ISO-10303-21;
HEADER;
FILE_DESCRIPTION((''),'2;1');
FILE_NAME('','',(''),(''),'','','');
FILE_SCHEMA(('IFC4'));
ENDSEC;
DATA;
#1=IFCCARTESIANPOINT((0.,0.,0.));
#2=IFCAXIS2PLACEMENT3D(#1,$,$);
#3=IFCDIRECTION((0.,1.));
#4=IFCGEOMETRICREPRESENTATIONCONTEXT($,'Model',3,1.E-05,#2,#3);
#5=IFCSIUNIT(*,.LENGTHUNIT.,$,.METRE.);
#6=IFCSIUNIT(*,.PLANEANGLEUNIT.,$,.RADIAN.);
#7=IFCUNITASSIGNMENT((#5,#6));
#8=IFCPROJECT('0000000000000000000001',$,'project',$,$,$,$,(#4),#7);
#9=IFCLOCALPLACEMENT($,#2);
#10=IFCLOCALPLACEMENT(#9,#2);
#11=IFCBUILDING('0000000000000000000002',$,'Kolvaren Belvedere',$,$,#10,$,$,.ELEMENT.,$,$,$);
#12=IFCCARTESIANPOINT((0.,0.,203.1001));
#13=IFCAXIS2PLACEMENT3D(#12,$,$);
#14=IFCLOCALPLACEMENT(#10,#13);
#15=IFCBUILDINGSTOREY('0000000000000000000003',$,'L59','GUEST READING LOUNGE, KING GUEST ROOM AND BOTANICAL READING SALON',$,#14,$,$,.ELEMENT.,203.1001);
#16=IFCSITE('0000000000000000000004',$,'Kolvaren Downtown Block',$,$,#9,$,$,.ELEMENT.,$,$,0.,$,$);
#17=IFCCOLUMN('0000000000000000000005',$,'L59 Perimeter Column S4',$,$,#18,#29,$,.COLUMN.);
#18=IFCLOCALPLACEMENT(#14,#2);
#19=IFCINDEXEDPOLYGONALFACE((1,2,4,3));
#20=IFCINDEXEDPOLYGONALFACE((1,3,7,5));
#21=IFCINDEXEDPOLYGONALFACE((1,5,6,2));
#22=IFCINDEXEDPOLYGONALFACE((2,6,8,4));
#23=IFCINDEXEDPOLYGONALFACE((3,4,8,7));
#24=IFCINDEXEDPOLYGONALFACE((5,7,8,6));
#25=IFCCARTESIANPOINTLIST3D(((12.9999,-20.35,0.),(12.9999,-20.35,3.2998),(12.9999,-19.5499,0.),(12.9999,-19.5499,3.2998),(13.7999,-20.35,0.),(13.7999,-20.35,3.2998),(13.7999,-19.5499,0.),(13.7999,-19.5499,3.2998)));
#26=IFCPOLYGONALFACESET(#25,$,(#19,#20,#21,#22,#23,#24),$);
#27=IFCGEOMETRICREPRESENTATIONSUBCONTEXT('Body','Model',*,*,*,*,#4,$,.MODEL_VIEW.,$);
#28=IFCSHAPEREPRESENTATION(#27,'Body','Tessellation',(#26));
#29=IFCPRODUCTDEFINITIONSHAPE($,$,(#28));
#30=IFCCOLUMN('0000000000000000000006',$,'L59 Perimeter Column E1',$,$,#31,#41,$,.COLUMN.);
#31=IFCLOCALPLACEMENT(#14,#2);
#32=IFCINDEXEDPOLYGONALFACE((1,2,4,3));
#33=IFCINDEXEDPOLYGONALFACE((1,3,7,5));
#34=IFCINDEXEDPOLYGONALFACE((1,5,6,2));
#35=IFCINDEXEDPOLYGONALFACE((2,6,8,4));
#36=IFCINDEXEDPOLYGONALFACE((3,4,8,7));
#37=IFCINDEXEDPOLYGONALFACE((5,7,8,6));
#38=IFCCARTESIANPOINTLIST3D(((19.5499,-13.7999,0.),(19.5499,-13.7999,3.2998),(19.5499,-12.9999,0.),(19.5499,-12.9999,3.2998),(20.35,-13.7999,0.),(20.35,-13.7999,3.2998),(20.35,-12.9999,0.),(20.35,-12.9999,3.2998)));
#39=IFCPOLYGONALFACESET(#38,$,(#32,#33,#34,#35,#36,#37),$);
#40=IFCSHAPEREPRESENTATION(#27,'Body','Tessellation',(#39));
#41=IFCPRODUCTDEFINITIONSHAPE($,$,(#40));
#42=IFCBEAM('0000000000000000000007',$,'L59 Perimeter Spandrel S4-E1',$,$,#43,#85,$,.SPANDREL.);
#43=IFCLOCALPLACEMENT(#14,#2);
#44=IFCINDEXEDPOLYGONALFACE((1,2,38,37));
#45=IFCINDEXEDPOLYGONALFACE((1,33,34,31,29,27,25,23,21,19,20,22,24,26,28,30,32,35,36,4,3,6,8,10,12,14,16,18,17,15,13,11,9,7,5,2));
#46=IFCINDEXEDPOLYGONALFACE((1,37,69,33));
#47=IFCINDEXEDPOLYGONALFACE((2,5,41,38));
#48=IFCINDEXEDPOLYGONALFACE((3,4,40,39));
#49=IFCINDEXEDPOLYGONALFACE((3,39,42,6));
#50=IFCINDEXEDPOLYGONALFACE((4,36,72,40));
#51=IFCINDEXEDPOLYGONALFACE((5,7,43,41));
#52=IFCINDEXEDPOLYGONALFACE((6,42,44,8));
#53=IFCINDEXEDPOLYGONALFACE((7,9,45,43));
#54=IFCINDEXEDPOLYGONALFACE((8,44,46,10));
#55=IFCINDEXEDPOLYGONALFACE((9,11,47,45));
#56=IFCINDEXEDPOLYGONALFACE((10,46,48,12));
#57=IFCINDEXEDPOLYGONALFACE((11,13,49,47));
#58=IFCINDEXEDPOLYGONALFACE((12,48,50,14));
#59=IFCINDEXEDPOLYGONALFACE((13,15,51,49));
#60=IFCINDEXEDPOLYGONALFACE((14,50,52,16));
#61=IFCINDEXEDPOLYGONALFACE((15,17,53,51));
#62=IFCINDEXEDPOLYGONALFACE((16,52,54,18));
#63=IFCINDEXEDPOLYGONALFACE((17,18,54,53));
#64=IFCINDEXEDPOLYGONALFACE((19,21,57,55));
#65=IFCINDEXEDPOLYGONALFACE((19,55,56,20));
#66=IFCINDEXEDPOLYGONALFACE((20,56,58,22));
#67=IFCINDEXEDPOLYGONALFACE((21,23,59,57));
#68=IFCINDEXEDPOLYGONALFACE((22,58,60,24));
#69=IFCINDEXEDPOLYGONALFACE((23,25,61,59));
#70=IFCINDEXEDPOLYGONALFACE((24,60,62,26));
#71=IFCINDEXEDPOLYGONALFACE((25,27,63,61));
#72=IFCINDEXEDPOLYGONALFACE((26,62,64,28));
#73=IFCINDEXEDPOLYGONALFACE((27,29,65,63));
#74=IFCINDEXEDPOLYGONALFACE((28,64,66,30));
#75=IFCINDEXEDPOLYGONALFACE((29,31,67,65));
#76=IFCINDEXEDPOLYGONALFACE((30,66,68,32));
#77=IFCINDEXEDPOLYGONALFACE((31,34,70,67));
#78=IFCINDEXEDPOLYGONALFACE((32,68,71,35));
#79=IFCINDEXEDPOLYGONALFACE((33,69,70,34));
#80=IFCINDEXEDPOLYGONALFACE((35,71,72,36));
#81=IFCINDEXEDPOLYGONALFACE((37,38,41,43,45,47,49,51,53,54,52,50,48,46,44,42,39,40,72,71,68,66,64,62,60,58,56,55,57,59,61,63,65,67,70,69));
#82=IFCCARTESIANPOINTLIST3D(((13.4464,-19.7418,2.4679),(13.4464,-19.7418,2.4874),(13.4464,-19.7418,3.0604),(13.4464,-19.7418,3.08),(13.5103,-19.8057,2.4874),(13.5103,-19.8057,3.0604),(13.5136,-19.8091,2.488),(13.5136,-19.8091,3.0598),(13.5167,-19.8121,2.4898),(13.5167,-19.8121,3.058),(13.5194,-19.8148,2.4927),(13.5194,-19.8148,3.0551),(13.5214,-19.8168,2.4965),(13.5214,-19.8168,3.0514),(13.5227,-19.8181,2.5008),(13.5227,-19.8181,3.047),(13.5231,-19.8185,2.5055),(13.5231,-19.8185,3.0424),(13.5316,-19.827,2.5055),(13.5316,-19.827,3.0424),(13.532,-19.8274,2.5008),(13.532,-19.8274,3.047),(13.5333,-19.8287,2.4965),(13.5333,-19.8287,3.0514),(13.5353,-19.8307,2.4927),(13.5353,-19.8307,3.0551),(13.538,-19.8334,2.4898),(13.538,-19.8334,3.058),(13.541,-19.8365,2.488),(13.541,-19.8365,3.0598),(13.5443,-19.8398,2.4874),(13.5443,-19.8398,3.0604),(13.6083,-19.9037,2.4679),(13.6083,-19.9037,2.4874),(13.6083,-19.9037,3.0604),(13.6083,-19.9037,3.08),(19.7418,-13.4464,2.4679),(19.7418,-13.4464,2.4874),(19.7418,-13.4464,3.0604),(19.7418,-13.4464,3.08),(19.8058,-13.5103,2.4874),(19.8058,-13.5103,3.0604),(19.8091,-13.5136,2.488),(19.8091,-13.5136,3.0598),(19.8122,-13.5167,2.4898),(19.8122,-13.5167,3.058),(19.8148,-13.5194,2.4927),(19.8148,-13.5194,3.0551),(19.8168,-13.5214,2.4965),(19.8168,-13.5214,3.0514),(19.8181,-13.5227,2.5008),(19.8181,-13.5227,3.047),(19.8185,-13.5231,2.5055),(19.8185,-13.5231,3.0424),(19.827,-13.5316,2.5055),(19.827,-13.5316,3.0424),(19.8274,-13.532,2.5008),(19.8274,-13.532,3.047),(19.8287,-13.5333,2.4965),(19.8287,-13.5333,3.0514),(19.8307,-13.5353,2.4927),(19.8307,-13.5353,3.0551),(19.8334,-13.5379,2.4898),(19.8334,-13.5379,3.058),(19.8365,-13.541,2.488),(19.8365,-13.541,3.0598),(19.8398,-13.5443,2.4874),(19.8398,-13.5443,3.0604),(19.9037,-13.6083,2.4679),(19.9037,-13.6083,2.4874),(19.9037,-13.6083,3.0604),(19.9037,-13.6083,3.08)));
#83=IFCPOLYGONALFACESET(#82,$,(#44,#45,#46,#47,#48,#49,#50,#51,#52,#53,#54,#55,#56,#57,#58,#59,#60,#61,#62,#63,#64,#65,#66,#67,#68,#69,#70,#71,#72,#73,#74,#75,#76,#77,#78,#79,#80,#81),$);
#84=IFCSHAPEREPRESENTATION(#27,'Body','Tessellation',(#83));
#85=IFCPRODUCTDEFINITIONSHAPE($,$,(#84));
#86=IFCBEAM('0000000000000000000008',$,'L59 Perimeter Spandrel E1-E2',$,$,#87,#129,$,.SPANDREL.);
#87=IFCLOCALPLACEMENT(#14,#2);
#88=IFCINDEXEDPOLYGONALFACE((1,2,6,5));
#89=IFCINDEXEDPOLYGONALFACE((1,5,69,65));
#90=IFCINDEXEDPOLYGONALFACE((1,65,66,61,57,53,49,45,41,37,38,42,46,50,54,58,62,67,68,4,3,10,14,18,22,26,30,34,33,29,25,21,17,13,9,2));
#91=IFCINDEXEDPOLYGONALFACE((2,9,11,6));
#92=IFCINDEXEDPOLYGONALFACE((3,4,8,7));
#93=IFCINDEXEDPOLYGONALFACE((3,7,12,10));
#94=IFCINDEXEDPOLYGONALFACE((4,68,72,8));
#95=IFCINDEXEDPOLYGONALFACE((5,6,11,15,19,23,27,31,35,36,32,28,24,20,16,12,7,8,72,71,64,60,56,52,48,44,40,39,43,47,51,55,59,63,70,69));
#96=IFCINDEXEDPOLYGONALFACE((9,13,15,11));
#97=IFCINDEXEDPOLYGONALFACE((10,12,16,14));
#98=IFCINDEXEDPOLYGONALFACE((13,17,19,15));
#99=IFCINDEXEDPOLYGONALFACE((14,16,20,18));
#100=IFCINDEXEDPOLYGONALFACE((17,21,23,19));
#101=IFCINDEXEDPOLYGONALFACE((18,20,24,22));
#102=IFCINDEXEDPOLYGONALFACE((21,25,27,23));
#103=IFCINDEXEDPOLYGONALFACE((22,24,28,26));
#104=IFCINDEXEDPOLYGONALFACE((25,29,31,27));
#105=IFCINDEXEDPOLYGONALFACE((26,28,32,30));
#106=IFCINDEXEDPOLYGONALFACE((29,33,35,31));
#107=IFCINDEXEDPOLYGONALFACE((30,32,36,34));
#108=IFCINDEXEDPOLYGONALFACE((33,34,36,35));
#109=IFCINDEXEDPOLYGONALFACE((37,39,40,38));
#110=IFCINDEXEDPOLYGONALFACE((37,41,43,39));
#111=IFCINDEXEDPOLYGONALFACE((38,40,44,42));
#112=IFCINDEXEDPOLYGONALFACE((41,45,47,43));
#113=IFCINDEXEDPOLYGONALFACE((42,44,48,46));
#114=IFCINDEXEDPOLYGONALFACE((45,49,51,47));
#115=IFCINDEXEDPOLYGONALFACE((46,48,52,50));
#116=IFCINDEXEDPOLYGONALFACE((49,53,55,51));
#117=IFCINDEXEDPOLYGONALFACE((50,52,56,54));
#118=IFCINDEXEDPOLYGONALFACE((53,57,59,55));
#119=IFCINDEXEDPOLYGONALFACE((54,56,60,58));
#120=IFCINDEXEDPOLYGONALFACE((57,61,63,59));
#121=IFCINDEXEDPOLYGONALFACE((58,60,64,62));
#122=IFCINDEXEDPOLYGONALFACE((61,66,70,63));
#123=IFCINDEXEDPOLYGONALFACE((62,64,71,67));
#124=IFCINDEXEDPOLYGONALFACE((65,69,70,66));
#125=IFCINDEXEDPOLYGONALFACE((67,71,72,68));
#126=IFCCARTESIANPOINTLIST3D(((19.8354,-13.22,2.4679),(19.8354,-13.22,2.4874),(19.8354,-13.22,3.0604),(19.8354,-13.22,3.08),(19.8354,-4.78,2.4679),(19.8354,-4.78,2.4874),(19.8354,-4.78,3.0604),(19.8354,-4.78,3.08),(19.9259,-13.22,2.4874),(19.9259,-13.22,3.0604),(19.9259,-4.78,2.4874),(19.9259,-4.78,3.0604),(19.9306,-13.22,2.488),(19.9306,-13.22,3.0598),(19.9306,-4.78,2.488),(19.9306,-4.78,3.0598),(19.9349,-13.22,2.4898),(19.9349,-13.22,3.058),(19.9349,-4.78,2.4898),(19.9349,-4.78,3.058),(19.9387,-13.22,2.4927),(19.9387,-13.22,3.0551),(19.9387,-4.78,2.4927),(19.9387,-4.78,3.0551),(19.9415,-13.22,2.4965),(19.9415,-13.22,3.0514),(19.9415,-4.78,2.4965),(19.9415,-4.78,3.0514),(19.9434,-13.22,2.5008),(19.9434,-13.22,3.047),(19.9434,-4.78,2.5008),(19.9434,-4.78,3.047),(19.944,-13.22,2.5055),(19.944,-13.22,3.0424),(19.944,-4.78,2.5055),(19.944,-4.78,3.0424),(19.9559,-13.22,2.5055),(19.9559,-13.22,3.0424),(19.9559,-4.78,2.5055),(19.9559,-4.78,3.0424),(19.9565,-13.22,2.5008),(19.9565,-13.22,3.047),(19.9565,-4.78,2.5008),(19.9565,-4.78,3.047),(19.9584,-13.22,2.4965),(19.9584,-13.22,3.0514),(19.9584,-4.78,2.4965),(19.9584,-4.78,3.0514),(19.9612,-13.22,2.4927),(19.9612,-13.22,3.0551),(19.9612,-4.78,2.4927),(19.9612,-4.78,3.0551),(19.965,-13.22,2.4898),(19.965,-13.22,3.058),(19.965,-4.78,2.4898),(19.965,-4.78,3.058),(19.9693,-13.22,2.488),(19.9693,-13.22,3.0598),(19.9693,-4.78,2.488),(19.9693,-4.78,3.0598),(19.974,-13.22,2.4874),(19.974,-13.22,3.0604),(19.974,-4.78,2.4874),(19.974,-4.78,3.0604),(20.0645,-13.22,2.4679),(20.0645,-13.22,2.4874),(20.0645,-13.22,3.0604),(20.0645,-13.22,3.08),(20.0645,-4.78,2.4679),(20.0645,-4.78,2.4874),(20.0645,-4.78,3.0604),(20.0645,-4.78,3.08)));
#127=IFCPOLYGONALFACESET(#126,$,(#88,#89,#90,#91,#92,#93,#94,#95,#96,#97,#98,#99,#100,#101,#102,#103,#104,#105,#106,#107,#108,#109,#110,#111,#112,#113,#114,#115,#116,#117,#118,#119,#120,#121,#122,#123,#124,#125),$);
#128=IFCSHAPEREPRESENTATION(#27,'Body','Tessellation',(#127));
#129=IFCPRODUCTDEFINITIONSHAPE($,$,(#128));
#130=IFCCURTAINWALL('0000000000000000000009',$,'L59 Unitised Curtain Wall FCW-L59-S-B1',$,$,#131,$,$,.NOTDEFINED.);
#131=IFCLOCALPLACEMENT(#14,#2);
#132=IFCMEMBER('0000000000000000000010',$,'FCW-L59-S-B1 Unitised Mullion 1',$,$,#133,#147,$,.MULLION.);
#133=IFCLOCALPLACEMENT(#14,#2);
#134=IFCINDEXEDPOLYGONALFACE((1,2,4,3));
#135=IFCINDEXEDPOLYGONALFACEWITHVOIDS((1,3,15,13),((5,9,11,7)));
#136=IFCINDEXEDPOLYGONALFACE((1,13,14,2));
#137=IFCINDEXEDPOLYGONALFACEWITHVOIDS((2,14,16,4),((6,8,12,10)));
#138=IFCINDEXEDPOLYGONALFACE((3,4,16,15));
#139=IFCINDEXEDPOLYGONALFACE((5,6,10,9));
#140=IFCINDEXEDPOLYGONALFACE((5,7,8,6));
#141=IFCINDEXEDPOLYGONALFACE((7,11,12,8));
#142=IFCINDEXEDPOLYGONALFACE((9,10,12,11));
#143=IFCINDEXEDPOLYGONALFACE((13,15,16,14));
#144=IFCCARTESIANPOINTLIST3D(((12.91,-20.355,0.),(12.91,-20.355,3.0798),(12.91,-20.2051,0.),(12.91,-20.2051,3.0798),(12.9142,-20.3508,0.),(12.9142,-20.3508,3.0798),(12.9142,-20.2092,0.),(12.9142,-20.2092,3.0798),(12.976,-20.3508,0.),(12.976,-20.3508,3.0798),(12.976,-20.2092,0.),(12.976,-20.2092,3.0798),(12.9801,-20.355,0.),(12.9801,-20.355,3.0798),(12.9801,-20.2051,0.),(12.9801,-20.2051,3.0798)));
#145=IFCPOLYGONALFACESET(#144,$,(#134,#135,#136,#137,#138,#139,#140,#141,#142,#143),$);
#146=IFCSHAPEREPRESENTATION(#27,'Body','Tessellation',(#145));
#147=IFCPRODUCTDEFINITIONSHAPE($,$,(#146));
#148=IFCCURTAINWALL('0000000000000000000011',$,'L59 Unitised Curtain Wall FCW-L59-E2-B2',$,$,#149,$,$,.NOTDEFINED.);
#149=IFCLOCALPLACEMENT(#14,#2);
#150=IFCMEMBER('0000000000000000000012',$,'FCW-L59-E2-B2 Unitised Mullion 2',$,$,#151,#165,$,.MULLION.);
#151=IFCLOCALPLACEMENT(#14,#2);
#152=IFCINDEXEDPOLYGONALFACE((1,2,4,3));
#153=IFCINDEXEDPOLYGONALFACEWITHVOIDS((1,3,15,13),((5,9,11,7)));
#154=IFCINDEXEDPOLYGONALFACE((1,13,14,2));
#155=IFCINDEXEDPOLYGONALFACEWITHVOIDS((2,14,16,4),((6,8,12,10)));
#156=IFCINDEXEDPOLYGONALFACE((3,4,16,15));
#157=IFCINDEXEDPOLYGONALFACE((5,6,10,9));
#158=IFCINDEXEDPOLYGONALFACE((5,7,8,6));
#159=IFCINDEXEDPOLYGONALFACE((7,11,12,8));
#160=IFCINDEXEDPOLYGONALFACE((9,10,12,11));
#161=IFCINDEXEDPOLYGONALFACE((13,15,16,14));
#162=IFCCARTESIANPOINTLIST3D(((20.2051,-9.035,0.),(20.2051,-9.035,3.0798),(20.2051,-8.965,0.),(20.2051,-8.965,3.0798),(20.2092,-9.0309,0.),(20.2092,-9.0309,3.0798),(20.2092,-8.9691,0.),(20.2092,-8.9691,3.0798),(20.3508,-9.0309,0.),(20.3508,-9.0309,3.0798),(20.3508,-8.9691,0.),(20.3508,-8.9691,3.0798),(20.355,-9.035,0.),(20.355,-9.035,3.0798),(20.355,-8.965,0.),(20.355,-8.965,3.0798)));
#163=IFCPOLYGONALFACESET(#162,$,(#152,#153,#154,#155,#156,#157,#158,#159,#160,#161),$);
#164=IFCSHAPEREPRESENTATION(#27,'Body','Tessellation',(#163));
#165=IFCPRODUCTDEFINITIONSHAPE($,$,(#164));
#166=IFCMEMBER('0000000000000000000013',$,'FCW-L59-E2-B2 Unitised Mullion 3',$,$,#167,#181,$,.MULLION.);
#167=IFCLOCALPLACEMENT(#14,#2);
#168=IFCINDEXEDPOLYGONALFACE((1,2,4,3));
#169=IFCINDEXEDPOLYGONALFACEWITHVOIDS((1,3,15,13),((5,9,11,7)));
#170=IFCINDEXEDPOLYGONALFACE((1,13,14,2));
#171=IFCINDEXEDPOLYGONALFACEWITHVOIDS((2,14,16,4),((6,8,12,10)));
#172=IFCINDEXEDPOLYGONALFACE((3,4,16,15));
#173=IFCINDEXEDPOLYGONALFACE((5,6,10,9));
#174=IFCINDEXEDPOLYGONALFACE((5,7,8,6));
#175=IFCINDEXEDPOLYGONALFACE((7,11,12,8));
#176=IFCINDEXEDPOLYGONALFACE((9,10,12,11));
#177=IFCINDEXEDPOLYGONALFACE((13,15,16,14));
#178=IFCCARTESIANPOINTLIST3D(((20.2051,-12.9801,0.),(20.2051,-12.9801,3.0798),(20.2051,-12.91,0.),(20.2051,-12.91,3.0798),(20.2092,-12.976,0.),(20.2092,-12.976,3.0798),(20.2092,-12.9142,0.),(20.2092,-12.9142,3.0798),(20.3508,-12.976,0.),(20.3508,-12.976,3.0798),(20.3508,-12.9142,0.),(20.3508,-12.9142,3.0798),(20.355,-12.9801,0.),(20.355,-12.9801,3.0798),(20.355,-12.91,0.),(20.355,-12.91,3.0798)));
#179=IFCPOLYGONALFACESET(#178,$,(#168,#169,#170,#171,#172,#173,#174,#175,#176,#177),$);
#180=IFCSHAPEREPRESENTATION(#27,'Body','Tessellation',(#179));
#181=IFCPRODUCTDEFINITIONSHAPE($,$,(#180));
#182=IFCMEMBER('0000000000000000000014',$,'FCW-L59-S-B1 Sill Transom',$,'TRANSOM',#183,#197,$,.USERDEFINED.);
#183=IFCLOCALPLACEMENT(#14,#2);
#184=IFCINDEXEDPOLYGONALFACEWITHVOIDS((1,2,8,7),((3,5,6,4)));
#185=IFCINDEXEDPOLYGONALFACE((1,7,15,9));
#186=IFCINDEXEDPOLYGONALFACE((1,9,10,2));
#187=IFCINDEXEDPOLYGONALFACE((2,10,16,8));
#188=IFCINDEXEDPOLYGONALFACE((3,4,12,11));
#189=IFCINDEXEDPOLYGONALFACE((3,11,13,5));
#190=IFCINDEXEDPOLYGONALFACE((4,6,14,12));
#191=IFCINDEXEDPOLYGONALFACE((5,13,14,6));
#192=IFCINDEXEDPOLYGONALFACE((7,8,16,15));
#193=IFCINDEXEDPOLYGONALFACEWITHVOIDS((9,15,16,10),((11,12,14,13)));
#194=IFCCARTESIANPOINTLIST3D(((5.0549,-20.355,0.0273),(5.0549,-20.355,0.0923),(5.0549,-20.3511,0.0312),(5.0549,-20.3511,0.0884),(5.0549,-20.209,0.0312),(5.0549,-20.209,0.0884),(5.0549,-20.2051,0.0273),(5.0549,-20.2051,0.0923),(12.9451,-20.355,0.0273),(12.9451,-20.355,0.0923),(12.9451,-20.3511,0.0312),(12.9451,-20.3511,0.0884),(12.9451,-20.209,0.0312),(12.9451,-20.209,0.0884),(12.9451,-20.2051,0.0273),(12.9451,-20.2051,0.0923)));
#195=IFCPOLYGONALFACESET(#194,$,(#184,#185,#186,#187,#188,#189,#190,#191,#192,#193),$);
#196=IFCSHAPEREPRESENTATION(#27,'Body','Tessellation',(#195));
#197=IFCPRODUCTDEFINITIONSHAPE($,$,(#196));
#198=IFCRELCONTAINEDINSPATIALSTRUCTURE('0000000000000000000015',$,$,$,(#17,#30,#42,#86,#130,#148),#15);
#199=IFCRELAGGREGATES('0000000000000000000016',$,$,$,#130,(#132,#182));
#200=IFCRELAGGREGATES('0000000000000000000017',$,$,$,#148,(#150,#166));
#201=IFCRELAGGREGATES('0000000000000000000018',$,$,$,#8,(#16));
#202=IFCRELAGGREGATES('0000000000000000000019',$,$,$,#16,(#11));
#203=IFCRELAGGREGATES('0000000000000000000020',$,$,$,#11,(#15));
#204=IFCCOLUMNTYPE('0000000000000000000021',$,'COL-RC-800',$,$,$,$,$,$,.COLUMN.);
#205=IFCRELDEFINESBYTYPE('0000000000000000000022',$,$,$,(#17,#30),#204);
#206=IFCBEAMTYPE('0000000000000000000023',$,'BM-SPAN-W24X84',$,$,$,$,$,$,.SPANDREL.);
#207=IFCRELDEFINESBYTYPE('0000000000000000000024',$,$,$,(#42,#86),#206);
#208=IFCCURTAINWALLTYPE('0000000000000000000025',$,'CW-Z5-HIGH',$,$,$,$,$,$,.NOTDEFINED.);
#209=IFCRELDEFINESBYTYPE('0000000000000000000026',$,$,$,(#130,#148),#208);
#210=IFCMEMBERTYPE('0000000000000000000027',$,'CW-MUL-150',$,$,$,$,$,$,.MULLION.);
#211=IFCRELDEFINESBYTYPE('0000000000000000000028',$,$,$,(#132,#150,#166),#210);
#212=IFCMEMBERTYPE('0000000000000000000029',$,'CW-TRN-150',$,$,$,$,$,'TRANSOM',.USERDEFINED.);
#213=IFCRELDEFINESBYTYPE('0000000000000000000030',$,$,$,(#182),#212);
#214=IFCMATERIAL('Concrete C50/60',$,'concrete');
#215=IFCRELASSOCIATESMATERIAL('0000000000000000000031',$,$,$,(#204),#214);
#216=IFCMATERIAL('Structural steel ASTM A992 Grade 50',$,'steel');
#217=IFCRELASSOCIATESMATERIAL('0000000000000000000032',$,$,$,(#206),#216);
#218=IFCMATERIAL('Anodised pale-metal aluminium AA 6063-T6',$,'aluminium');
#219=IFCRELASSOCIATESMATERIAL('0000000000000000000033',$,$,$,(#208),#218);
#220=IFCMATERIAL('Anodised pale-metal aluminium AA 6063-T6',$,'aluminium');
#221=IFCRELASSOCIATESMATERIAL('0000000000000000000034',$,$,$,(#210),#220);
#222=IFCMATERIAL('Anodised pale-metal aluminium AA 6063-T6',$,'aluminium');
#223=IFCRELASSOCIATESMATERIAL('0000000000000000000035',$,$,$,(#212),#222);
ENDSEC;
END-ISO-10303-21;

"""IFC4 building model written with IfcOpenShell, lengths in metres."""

from ifc_helpers import new_model, si_unit, direction, frame, origin, origin_2d, place, context, subcontext, project, spatial, rectangle, hollow_rectangle, i_section, extrude, material, material_profile, profile_set, type_object, element, aggregate, save


model = new_model("IFC4")

# Units and contexts
model_context = context("Model", 3, precision=1e-05, world=origin(), true_north=direction((0.0, 1.0)))
body_context = subcontext(model_context, "Body", "Model", "MODEL_VIEW")
ifc_project = project(units=[si_unit("LENGTHUNIT", "METRE"), si_unit("PLANEANGLEUNIT", "RADIAN")], contexts=[model_context])

# Site, building, storey
site_placement = place(None, origin())
site = spatial("IfcSite", under=ifc_project, at=site_placement, Name="Kolvaren Downtown Block", CompositionType="ELEMENT", RefElevation=0.0)
building_placement = place(site_placement, origin())
building = spatial("IfcBuilding", under=site, at=building_placement, Name="Kolvaren Belvedere", CompositionType="ELEMENT")
storey_placement = place(building_placement, frame((0.0, 0.0, 203.1001)))
storey = spatial("IfcBuildingStorey", under=building, at=storey_placement, Name="L59", Description="GUEST READING LOUNGE, KING GUEST ROOM AND BOTANICAL READING SALON", CompositionType="ELEMENT", Elevation=203.1001)

# Columns
ifc_material_1 = material(Name="Concrete C50/60", Category="concrete")
ifc_material_profile_1 = material_profile(ifc_material_1, rectangle(XDim=0.8, YDim=0.8, at=origin_2d()), Name="RC 800X800")
ifc_profile_set_1 = profile_set([ifc_material_profile_1], Name="Concrete C50/60")
column_type = type_object("IfcColumnType", Name="COL-RC-800", PredefinedType="COLUMN", material=ifc_profile_set_1)
for number, where, z_axis, x_axis, name in (
    (1, (13.3999, -19.95, 0.0), (0.0, 0.0, 1.0), (1.0, 0.0, 0.0), "L59 Perimeter Column S4"),
    (2, (19.95, -13.3999, 0.0), (0.0, 0.0, 1.0), (1.0, 0.0, 0.0), "L59 Perimeter Column E1"),
):
    element("IfcColumn", number, at=place(storey_placement, frame(where, z_axis=z_axis, x_axis=x_axis)), inside=storey, type_object=column_type, Name=name, PredefinedType="COLUMN", context=body_context, shape_type="SweptSolid", body=[
        extrude(rectangle(XDim=0.8, YDim=0.8, at=origin_2d()), origin(), (0.0, 0.0, 1.0), 3.2998),
    ])

# Beams
ifc_material_2 = material(Name="Structural steel ASTM A992 Grade 50", Category="steel")
ifc_material_profile_2 = material_profile(ifc_material_2, i_section(OverallWidth=0.229, OverallDepth=0.6121, WebThickness=0.012, FlangeThickness=0.0195, FilletRadius=0.0181, at=origin_2d()), Name="W24X84")
ifc_profile_set_2 = profile_set([ifc_material_profile_2], Name="Structural steel ASTM A992 Grade 50")
beam_type = type_object("IfcBeamType", Name="BM-SPAN-W24X84", PredefinedType="SPANDREL", material=ifc_profile_set_2)
beam_1_placement = place(storey_placement, frame((13.5273, -19.8228, 2.7739), z_axis=(0.707107, 0.707107, 0.0), x_axis=(-0.707107, 0.707107, 0.0)))
element("IfcBeam", 3, at=beam_1_placement, inside=storey, type_object=beam_type, Name="L59 Perimeter Spandrel S4-E1", PredefinedType="SPANDREL", context=body_context, shape_type="SweptSolid", body=[
    extrude(i_section(OverallWidth=0.229, OverallDepth=0.6121, WebThickness=0.012, FlangeThickness=0.0195, FilletRadius=0.0181, at=origin_2d()), origin(), (0.0, 0.0, 1.0), 8.9031),
])
beam_2_placement = place(storey_placement, frame((19.95, -13.22, 2.7739), z_axis=(0.0, 1.0, 0.0), x_axis=(-1.0, 0.0, 0.0)))
element("IfcBeam", 4, at=beam_2_placement, inside=storey, type_object=beam_type, Name="L59 Perimeter Spandrel E1-E2", PredefinedType="SPANDREL", context=body_context, shape_type="SweptSolid", body=[
    extrude(i_section(OverallWidth=0.229, OverallDepth=0.6121, WebThickness=0.012, FlangeThickness=0.0195, FilletRadius=0.0181, at=origin_2d()), origin(), (0.0, 0.0, 1.0), 8.4399),
])

# Curtain wall, member
ifc_material_3 = material(Name="Anodised pale-metal aluminium AA 6063-T6", Category="aluminium")
curtain_wall_type = type_object("IfcCurtainWallType", Name="CW-Z5-HIGH", PredefinedType="NOTDEFINED", material=ifc_material_3)
curtain_wall_1_placement = place(storey_placement, origin())
curtain_wall_1 = element("IfcCurtainWall", 5, at=curtain_wall_1_placement, inside=storey, type_object=curtain_wall_type, Name="L59 Unitised Curtain Wall FCW-L59-S-B1", PredefinedType="NOTDEFINED")
ifc_material_4 = material(Name="Anodised pale-metal aluminium AA 6063-T6", Category="aluminium")
ifc_material_profile_3 = material_profile(ifc_material_4, hollow_rectangle(XDim=0.0701, YDim=0.1499, WallThickness=0.0042, at=origin_2d()), Name="ALU-MUL-150X70")
ifc_profile_set_3 = profile_set([ifc_material_profile_3], Name="Anodised pale-metal aluminium AA 6063-T6")
member_type_1 = type_object("IfcMemberType", Name="CW-MUL-150", PredefinedType="MULLION", material=ifc_profile_set_3)
member_1_placement = place(storey_placement, frame((12.9451, -20.28, 0.0), z_axis=(0.0, 0.0, 1.0), x_axis=(1.0, 0.0, 0.0)))
member_1 = element("IfcMember", 6, at=member_1_placement, type_object=member_type_1, Name="FCW-L59-S-B1 Unitised Mullion 1", PredefinedType="MULLION", context=body_context, shape_type="SweptSolid", body=[
    extrude(hollow_rectangle(XDim=0.0701, YDim=0.1499, WallThickness=0.0042, at=origin_2d()), origin(), (0.0, 0.0, 1.0), 3.0798),
])

# Curtain wall, members
curtain_wall_2_placement = place(storey_placement, origin())
curtain_wall_2 = element("IfcCurtainWall", 7, at=curtain_wall_2_placement, inside=storey, type_object=curtain_wall_type, Name="L59 Unitised Curtain Wall FCW-L59-E2-B2", PredefinedType="NOTDEFINED")
member_2_placement = place(storey_placement, frame((20.28, -9.0, 0.0), z_axis=(0.0, 0.0, 1.0), x_axis=(0.0, 1.0, 0.0)))
member_2 = element("IfcMember", 8, at=member_2_placement, type_object=member_type_1, Name="FCW-L59-E2-B2 Unitised Mullion 2", PredefinedType="MULLION", context=body_context, shape_type="SweptSolid", body=[
    extrude(hollow_rectangle(XDim=0.0701, YDim=0.1499, WallThickness=0.0042, at=origin_2d()), origin(), (0.0, 0.0, 1.0), 3.0798),
])
member_3_placement = place(storey_placement, frame((20.28, -12.9451, 0.0), z_axis=(0.0, 0.0, 1.0), x_axis=(0.0, 1.0, 0.0)))
member_3 = element("IfcMember", 9, at=member_3_placement, type_object=member_type_1, Name="FCW-L59-E2-B2 Unitised Mullion 3", PredefinedType="MULLION", context=body_context, shape_type="SweptSolid", body=[
    extrude(hollow_rectangle(XDim=0.0701, YDim=0.1499, WallThickness=0.0042, at=origin_2d()), origin(), (0.0, 0.0, 1.0), 3.0798),
])

# Member
ifc_material_5 = material(Name="Anodised pale-metal aluminium AA 6063-T6", Category="aluminium")
ifc_material_profile_4 = material_profile(ifc_material_5, hollow_rectangle(XDim=0.0649, YDim=0.1499, WallThickness=0.0039, at=origin_2d()), Name="ALU-TRN-150X65")
ifc_profile_set_4 = profile_set([ifc_material_profile_4], Name="Anodised pale-metal aluminium AA 6063-T6")
member_type_2 = type_object("IfcMemberType", Name="CW-TRN-150", ElementType="TRANSOM", PredefinedType="USERDEFINED", material=ifc_profile_set_4)
member_4_placement = place(storey_placement, frame((12.9451, -20.28, 0.0598), z_axis=(-1.0, 0.0, 0.0), x_axis=(0.0, 0.0, 1.0)))
member_4 = element("IfcMember", 10, at=member_4_placement, type_object=member_type_2, Name="FCW-L59-S-B1 Sill Transom", ObjectType="TRANSOM", PredefinedType="USERDEFINED", context=body_context, shape_type="SweptSolid", body=[
    extrude(hollow_rectangle(XDim=0.0649, YDim=0.1499, WallThickness=0.0039, at=origin_2d()), origin(), (0.0, 0.0, 1.0), 7.8901),
])
aggregate(curtain_wall_1, [member_1, member_4])

aggregate(curtain_wall_2, [member_2, member_3])

save(model, "model.ifc")
